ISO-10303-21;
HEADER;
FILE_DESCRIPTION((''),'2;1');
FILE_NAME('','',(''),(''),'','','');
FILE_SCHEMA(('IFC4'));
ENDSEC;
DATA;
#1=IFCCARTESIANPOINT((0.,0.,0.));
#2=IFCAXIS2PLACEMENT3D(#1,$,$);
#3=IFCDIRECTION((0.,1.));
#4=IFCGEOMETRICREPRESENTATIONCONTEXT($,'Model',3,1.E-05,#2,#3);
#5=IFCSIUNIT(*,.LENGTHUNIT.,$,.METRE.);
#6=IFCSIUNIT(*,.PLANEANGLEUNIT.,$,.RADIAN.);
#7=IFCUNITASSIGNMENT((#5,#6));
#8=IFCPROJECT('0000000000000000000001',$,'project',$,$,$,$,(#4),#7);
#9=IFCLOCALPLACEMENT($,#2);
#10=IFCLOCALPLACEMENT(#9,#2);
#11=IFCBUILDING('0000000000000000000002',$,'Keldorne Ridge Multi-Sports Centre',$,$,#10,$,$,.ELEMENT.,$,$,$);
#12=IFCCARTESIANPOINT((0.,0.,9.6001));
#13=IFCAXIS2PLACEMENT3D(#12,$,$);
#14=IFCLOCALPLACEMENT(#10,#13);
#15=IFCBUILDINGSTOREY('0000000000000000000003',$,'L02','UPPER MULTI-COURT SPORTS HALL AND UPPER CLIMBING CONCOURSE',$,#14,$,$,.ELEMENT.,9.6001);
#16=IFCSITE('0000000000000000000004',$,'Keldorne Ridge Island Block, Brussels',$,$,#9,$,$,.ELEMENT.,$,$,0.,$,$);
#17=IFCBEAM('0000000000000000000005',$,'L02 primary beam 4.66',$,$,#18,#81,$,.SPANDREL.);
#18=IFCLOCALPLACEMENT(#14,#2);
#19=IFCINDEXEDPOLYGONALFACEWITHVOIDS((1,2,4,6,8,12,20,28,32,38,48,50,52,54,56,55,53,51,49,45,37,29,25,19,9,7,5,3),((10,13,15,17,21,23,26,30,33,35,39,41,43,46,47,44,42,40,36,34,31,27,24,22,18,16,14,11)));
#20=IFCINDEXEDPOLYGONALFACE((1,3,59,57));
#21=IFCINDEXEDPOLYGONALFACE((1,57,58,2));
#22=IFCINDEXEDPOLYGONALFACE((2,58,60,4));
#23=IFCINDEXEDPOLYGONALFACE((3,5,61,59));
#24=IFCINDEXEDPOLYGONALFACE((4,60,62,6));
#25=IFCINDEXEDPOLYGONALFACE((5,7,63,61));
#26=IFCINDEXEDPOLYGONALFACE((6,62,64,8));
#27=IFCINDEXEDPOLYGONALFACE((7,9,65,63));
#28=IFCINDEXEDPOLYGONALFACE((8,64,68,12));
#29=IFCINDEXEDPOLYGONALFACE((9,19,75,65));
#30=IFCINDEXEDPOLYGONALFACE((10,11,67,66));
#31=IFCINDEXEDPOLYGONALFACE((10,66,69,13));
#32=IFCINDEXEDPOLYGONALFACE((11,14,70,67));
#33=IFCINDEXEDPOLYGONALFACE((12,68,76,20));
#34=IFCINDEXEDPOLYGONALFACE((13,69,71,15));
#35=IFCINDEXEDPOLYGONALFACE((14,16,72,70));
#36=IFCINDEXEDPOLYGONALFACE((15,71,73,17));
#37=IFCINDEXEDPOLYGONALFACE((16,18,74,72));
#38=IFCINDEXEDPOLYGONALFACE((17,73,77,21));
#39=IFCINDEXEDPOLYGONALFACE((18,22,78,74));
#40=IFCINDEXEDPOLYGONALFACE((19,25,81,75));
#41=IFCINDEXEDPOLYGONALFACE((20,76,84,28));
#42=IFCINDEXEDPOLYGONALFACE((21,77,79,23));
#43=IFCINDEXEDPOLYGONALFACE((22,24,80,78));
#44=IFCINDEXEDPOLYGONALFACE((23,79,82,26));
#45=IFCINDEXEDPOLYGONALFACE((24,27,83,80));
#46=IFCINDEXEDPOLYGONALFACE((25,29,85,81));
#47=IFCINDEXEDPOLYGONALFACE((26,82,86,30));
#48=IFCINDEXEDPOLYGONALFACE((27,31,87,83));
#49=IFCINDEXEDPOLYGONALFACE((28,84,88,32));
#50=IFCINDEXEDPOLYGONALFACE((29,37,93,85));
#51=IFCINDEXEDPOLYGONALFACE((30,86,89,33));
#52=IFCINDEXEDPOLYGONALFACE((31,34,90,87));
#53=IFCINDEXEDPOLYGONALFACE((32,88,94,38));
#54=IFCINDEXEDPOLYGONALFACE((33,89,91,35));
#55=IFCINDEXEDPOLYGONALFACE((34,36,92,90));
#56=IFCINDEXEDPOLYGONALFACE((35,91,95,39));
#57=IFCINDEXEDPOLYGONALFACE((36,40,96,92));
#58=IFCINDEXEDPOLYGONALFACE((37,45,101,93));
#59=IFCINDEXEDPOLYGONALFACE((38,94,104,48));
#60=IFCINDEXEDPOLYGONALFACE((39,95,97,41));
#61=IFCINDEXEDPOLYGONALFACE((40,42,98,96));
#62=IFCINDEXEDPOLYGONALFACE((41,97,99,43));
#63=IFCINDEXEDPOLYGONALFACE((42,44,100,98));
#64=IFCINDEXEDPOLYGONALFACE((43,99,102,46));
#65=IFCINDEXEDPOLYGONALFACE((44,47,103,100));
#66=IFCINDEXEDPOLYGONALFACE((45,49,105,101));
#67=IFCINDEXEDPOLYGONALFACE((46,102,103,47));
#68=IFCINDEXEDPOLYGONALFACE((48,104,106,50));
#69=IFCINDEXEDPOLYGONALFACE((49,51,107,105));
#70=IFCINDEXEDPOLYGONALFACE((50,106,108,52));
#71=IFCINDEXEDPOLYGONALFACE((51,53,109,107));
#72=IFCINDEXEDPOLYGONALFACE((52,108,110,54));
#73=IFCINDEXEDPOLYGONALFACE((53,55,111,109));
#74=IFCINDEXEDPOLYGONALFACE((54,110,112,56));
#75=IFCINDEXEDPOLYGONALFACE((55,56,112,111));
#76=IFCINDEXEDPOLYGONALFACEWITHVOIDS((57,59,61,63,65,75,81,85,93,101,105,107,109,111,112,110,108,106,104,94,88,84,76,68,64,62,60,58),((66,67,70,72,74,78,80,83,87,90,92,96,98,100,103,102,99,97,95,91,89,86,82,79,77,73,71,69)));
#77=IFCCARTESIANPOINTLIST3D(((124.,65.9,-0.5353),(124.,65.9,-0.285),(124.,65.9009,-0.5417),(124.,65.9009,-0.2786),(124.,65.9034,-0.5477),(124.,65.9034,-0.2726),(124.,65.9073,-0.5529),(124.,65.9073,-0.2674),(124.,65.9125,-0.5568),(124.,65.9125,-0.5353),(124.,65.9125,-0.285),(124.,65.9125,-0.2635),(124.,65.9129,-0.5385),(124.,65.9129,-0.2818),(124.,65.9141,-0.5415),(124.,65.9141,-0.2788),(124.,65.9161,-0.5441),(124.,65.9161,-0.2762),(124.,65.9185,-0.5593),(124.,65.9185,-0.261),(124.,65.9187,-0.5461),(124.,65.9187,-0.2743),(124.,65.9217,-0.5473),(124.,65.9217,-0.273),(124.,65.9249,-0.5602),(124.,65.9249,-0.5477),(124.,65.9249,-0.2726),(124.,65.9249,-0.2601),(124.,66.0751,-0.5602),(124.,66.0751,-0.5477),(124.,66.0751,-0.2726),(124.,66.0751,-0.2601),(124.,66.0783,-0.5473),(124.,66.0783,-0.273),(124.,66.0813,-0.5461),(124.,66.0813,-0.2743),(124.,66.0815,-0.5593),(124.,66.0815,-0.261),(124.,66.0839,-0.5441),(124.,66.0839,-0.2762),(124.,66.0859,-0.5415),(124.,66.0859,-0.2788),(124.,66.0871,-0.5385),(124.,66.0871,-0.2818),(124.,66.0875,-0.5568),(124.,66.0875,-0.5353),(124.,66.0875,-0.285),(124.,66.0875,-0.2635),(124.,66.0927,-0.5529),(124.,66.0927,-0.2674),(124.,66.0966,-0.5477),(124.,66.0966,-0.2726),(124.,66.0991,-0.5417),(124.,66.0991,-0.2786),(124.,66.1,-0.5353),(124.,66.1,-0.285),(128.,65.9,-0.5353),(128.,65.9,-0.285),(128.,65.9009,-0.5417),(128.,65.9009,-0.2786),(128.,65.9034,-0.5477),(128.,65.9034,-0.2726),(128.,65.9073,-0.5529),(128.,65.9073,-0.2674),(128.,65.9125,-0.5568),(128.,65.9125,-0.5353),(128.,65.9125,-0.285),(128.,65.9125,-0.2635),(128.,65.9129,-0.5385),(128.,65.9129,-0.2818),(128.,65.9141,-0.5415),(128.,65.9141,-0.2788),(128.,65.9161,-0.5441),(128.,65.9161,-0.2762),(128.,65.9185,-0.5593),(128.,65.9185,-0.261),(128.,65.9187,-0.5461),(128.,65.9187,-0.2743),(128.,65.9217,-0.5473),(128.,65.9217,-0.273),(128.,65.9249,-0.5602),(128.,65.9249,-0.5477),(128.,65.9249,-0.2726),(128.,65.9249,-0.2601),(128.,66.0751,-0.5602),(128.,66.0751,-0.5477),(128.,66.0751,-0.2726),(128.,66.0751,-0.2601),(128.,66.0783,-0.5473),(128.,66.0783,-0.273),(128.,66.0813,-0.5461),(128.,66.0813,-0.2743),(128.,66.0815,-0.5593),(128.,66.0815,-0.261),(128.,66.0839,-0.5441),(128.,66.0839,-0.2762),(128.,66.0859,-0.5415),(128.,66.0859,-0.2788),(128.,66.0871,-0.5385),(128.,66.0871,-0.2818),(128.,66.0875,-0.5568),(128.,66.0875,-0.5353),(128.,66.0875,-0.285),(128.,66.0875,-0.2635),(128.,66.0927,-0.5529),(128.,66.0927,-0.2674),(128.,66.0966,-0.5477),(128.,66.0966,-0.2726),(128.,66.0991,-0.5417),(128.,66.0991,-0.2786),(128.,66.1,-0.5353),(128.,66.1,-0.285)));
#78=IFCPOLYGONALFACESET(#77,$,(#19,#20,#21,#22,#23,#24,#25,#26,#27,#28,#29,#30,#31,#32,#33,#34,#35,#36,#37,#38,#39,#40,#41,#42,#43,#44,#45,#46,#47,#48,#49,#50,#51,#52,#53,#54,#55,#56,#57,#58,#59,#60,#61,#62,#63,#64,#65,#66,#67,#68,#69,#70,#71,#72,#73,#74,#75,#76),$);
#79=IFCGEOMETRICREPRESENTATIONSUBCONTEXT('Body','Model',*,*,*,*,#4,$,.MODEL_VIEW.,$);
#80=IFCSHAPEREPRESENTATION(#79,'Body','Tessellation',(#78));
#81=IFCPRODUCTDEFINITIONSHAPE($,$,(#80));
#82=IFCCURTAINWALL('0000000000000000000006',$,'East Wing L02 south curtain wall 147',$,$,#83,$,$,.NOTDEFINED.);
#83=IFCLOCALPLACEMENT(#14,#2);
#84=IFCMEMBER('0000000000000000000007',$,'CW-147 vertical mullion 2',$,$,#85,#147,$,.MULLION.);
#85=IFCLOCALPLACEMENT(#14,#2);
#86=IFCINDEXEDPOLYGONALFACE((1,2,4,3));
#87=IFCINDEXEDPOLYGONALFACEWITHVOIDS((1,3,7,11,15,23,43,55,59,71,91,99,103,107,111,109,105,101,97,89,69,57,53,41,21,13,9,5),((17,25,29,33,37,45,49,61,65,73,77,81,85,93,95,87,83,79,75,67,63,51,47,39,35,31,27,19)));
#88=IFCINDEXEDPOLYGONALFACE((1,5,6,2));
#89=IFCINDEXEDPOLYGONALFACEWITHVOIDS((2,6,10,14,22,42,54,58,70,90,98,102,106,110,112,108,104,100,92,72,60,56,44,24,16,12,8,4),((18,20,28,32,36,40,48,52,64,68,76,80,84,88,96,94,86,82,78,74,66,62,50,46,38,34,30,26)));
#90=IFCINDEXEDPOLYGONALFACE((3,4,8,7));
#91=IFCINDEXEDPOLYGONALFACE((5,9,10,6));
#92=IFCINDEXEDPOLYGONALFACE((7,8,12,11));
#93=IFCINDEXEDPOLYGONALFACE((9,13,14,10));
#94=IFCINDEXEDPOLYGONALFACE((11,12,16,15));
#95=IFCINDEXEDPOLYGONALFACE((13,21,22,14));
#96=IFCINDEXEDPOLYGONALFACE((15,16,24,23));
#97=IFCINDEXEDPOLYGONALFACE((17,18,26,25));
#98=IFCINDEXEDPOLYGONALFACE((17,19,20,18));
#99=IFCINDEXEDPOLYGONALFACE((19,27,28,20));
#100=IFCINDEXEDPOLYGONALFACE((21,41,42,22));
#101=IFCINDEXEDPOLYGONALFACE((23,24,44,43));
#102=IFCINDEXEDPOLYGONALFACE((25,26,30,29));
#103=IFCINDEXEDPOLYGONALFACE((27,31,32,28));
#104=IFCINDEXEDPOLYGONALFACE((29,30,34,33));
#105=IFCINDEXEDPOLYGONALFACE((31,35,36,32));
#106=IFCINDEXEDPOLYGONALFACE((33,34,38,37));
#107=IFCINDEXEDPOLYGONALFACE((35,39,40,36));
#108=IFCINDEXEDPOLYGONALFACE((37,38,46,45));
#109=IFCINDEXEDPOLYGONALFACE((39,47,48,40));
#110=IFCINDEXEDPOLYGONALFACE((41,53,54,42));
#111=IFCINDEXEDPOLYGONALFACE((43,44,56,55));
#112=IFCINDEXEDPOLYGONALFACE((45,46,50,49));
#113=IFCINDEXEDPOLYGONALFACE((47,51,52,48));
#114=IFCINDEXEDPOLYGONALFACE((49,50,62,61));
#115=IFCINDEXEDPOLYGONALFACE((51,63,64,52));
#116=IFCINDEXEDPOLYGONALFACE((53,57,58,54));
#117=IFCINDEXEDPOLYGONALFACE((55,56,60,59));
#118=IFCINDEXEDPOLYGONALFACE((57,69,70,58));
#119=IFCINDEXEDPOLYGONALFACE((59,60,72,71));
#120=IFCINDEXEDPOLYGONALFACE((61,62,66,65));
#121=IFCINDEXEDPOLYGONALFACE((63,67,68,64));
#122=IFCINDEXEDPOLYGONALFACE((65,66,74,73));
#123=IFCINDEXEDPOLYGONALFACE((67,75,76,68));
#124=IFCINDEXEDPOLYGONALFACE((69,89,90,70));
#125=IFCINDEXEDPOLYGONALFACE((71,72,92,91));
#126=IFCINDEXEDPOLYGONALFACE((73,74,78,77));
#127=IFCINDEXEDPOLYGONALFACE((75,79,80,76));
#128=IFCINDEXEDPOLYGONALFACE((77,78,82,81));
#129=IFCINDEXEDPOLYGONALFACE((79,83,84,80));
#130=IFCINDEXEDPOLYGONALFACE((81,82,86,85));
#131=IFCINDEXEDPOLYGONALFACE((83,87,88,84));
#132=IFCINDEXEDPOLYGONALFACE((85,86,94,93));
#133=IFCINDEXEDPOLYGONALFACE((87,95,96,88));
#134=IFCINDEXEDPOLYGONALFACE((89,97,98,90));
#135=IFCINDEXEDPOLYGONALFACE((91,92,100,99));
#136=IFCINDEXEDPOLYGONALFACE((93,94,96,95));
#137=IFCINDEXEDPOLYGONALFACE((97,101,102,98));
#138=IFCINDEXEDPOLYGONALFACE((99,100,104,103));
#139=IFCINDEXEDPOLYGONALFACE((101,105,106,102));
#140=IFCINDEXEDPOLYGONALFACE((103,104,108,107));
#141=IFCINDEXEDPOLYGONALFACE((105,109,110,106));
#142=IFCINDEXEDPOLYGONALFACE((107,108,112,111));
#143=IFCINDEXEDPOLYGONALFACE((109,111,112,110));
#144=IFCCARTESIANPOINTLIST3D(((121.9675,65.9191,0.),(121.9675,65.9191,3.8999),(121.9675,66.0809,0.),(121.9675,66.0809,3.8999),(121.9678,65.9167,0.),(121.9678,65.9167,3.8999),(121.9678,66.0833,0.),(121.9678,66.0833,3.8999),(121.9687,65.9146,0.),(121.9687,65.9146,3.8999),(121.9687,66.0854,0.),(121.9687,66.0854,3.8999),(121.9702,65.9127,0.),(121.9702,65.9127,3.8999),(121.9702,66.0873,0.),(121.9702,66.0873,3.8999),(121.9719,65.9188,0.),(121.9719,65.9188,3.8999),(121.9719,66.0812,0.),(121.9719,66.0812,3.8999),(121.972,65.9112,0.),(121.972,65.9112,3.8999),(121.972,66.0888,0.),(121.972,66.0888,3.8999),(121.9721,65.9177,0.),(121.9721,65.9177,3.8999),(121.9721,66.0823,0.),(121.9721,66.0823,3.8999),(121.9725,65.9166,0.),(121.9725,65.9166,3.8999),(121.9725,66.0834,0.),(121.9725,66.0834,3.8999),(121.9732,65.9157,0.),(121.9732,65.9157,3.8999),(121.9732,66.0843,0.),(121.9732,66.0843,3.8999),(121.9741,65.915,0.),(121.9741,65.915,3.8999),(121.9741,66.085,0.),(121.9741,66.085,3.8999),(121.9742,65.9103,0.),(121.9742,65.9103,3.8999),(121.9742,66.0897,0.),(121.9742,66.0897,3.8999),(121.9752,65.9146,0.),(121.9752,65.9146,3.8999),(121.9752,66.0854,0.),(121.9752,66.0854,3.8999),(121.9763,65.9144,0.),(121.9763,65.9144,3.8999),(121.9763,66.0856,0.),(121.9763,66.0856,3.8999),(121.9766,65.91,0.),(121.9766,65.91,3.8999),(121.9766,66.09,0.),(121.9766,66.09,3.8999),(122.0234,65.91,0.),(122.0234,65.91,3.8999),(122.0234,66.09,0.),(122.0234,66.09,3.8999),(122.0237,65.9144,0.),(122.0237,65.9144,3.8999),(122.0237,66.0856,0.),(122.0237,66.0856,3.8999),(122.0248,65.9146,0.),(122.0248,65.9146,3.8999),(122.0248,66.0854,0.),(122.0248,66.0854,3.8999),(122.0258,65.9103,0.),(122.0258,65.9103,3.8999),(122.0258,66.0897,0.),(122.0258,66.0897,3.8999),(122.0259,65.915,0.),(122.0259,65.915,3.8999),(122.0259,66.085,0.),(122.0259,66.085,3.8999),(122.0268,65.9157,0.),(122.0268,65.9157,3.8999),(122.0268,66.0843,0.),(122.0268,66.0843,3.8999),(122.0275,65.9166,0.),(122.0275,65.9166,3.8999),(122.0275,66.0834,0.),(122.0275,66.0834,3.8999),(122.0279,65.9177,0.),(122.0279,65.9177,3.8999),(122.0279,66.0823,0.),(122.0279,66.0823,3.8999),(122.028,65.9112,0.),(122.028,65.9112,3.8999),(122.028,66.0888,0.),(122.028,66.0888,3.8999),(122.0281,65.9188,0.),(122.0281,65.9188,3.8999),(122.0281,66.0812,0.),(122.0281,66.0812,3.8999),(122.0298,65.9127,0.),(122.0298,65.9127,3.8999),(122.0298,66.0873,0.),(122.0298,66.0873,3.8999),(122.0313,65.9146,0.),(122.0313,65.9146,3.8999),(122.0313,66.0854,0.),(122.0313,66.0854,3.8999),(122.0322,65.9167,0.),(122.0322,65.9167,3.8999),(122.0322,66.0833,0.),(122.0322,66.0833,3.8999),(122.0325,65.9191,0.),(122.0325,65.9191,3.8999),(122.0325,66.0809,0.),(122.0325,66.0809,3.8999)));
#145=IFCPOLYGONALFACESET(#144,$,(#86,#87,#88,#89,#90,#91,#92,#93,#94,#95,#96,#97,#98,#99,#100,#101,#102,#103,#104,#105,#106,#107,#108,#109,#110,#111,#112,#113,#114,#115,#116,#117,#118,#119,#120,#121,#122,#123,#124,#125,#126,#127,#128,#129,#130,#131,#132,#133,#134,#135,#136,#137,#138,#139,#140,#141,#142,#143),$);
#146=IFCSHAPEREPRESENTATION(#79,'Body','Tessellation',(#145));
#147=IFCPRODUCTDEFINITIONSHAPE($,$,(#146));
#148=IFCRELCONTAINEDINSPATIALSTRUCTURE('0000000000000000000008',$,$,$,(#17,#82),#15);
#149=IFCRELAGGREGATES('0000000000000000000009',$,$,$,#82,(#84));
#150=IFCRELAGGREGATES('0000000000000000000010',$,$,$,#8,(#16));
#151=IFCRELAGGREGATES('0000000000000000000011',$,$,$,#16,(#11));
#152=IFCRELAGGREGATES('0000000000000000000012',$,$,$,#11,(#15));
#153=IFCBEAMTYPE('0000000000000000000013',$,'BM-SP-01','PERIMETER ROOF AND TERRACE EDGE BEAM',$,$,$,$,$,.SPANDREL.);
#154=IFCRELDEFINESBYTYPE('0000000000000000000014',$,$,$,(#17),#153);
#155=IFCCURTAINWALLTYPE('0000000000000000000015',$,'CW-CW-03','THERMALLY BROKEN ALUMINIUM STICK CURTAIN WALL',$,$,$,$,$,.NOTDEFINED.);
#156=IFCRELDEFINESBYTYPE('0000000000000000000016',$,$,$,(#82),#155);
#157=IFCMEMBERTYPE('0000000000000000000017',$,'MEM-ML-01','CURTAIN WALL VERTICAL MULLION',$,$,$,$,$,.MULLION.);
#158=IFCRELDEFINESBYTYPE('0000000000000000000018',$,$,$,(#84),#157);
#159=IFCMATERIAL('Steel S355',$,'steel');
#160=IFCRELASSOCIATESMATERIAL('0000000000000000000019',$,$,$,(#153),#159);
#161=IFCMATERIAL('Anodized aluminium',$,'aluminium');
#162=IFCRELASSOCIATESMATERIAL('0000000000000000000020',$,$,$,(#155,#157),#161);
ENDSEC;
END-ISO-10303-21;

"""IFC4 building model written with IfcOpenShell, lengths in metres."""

from ifc_helpers import new_model, si_unit, direction, frame, origin, origin_2d, place, context, subcontext, project, spatial, hollow_rectangle, extrude, material, material_profile, profile_set, type_object, element, aggregate, save


model = new_model("IFC4")

# Units and contexts
model_context = context("Model", 3, precision=1e-05, world=origin(), true_north=direction((0.0, 1.0)))
body_context = subcontext(model_context, "Body", "Model", "MODEL_VIEW")
ifc_project = project(units=[si_unit("LENGTHUNIT", "METRE"), si_unit("PLANEANGLEUNIT", "RADIAN")], contexts=[model_context])

# Site, building, storey
site_placement = place(None, origin())
site = spatial("IfcSite", under=ifc_project, at=site_placement, Name="Keldorne Ridge Island Block, Brussels", CompositionType="ELEMENT", RefElevation=0.0)
building_placement = place(site_placement, origin())
building = spatial("IfcBuilding", under=site, at=building_placement, Name="Keldorne Ridge Multi-Sports Centre", CompositionType="ELEMENT")
storey_placement = place(building_placement, frame((0.0, 0.0, 9.6001)))
storey = spatial("IfcBuildingStorey", under=building, at=storey_placement, Name="L02", Description="UPPER MULTI-COURT SPORTS HALL AND UPPER CLIMBING CONCOURSE", CompositionType="ELEMENT", Elevation=9.6001)

# Shared definitions
ifc_material_1 = material(Name="Steel S355", Category="steel")

# Beam
ifc_material_profile_1 = material_profile(ifc_material_1, hollow_rectangle(XDim=0.2, YDim=0.3, WallThickness=0.0125, InnerFilletRadius=0.0125, OuterFilletRadius=0.0249, at=origin_2d()), Name="RHS 300x200x12.5")
ifc_profile_set_1 = profile_set([ifc_material_profile_1], Name="Steel S355")
beam_type_1 = type_object("IfcBeamType", Name="BM-SP-01", Description="PERIMETER ROOF AND TERRACE EDGE BEAM", PredefinedType="SPANDREL", material=ifc_profile_set_1)
beam_placement = place(storey_placement, frame((124.0, 66.0, -0.4102), z_axis=(1.0, 0.0, 0.0), x_axis=(0.0, 1.0, 0.0)))
element("IfcBeam", 1, at=beam_placement, inside=storey, type_object=beam_type_1, Name="L02 primary beam 4.66", PredefinedType="SPANDREL", context=body_context, shape_type="SweptSolid", body=[
    extrude(hollow_rectangle(XDim=0.2, YDim=0.3, WallThickness=0.0125, InnerFilletRadius=0.0125, OuterFilletRadius=0.0249, at=origin_2d()), origin(), (0.0, 0.0, 1.0), 4.0),
])

# Curtain wall, member
ifc_material_2 = material(Name="Anodized aluminium", Category="aluminium")
curtain_wall_type = type_object("IfcCurtainWallType", Name="CW-CW-03", Description="THERMALLY BROKEN ALUMINIUM STICK CURTAIN WALL", PredefinedType="NOTDEFINED", material=ifc_material_2)
curtain_wall_placement = place(storey_placement, origin())
curtain_wall = element("IfcCurtainWall", 2, at=curtain_wall_placement, inside=storey, type_object=curtain_wall_type, Name="East Wing L02 south curtain wall 147", PredefinedType="NOTDEFINED")
ifc_material_profile_2 = material_profile(ifc_material_2, hollow_rectangle(XDim=0.0649, YDim=0.1799, WallThickness=0.0044, InnerFilletRadius=0.0044, OuterFilletRadius=0.009, at=origin_2d()), Name="ALU MULLION 180x65x4.5")
ifc_profile_set_2 = profile_set([ifc_material_profile_2], Name="Anodized aluminium")
member_type_1 = type_object("IfcMemberType", Name="MEM-ML-01", Description="CURTAIN WALL VERTICAL MULLION", PredefinedType="MULLION", material=ifc_profile_set_2)
member_1_placement = place(storey_placement, frame((122.0, 66.0, 0.0), z_axis=(0.0, 0.0, 1.0), x_axis=(1.0, 0.0, 0.0)))
member_1 = element("IfcMember", 3, at=member_1_placement, type_object=member_type_1, Name="CW-147 vertical mullion 2", PredefinedType="MULLION", context=body_context, shape_type="SweptSolid", body=[
    extrude(hollow_rectangle(XDim=0.0649, YDim=0.1799, WallThickness=0.0044, InnerFilletRadius=0.0044, OuterFilletRadius=0.009, at=origin_2d()), origin(), (0.0, 0.0, 1.0), 3.8999),
])
aggregate(curtain_wall, [member_1])

save(model, "model.ifc")
